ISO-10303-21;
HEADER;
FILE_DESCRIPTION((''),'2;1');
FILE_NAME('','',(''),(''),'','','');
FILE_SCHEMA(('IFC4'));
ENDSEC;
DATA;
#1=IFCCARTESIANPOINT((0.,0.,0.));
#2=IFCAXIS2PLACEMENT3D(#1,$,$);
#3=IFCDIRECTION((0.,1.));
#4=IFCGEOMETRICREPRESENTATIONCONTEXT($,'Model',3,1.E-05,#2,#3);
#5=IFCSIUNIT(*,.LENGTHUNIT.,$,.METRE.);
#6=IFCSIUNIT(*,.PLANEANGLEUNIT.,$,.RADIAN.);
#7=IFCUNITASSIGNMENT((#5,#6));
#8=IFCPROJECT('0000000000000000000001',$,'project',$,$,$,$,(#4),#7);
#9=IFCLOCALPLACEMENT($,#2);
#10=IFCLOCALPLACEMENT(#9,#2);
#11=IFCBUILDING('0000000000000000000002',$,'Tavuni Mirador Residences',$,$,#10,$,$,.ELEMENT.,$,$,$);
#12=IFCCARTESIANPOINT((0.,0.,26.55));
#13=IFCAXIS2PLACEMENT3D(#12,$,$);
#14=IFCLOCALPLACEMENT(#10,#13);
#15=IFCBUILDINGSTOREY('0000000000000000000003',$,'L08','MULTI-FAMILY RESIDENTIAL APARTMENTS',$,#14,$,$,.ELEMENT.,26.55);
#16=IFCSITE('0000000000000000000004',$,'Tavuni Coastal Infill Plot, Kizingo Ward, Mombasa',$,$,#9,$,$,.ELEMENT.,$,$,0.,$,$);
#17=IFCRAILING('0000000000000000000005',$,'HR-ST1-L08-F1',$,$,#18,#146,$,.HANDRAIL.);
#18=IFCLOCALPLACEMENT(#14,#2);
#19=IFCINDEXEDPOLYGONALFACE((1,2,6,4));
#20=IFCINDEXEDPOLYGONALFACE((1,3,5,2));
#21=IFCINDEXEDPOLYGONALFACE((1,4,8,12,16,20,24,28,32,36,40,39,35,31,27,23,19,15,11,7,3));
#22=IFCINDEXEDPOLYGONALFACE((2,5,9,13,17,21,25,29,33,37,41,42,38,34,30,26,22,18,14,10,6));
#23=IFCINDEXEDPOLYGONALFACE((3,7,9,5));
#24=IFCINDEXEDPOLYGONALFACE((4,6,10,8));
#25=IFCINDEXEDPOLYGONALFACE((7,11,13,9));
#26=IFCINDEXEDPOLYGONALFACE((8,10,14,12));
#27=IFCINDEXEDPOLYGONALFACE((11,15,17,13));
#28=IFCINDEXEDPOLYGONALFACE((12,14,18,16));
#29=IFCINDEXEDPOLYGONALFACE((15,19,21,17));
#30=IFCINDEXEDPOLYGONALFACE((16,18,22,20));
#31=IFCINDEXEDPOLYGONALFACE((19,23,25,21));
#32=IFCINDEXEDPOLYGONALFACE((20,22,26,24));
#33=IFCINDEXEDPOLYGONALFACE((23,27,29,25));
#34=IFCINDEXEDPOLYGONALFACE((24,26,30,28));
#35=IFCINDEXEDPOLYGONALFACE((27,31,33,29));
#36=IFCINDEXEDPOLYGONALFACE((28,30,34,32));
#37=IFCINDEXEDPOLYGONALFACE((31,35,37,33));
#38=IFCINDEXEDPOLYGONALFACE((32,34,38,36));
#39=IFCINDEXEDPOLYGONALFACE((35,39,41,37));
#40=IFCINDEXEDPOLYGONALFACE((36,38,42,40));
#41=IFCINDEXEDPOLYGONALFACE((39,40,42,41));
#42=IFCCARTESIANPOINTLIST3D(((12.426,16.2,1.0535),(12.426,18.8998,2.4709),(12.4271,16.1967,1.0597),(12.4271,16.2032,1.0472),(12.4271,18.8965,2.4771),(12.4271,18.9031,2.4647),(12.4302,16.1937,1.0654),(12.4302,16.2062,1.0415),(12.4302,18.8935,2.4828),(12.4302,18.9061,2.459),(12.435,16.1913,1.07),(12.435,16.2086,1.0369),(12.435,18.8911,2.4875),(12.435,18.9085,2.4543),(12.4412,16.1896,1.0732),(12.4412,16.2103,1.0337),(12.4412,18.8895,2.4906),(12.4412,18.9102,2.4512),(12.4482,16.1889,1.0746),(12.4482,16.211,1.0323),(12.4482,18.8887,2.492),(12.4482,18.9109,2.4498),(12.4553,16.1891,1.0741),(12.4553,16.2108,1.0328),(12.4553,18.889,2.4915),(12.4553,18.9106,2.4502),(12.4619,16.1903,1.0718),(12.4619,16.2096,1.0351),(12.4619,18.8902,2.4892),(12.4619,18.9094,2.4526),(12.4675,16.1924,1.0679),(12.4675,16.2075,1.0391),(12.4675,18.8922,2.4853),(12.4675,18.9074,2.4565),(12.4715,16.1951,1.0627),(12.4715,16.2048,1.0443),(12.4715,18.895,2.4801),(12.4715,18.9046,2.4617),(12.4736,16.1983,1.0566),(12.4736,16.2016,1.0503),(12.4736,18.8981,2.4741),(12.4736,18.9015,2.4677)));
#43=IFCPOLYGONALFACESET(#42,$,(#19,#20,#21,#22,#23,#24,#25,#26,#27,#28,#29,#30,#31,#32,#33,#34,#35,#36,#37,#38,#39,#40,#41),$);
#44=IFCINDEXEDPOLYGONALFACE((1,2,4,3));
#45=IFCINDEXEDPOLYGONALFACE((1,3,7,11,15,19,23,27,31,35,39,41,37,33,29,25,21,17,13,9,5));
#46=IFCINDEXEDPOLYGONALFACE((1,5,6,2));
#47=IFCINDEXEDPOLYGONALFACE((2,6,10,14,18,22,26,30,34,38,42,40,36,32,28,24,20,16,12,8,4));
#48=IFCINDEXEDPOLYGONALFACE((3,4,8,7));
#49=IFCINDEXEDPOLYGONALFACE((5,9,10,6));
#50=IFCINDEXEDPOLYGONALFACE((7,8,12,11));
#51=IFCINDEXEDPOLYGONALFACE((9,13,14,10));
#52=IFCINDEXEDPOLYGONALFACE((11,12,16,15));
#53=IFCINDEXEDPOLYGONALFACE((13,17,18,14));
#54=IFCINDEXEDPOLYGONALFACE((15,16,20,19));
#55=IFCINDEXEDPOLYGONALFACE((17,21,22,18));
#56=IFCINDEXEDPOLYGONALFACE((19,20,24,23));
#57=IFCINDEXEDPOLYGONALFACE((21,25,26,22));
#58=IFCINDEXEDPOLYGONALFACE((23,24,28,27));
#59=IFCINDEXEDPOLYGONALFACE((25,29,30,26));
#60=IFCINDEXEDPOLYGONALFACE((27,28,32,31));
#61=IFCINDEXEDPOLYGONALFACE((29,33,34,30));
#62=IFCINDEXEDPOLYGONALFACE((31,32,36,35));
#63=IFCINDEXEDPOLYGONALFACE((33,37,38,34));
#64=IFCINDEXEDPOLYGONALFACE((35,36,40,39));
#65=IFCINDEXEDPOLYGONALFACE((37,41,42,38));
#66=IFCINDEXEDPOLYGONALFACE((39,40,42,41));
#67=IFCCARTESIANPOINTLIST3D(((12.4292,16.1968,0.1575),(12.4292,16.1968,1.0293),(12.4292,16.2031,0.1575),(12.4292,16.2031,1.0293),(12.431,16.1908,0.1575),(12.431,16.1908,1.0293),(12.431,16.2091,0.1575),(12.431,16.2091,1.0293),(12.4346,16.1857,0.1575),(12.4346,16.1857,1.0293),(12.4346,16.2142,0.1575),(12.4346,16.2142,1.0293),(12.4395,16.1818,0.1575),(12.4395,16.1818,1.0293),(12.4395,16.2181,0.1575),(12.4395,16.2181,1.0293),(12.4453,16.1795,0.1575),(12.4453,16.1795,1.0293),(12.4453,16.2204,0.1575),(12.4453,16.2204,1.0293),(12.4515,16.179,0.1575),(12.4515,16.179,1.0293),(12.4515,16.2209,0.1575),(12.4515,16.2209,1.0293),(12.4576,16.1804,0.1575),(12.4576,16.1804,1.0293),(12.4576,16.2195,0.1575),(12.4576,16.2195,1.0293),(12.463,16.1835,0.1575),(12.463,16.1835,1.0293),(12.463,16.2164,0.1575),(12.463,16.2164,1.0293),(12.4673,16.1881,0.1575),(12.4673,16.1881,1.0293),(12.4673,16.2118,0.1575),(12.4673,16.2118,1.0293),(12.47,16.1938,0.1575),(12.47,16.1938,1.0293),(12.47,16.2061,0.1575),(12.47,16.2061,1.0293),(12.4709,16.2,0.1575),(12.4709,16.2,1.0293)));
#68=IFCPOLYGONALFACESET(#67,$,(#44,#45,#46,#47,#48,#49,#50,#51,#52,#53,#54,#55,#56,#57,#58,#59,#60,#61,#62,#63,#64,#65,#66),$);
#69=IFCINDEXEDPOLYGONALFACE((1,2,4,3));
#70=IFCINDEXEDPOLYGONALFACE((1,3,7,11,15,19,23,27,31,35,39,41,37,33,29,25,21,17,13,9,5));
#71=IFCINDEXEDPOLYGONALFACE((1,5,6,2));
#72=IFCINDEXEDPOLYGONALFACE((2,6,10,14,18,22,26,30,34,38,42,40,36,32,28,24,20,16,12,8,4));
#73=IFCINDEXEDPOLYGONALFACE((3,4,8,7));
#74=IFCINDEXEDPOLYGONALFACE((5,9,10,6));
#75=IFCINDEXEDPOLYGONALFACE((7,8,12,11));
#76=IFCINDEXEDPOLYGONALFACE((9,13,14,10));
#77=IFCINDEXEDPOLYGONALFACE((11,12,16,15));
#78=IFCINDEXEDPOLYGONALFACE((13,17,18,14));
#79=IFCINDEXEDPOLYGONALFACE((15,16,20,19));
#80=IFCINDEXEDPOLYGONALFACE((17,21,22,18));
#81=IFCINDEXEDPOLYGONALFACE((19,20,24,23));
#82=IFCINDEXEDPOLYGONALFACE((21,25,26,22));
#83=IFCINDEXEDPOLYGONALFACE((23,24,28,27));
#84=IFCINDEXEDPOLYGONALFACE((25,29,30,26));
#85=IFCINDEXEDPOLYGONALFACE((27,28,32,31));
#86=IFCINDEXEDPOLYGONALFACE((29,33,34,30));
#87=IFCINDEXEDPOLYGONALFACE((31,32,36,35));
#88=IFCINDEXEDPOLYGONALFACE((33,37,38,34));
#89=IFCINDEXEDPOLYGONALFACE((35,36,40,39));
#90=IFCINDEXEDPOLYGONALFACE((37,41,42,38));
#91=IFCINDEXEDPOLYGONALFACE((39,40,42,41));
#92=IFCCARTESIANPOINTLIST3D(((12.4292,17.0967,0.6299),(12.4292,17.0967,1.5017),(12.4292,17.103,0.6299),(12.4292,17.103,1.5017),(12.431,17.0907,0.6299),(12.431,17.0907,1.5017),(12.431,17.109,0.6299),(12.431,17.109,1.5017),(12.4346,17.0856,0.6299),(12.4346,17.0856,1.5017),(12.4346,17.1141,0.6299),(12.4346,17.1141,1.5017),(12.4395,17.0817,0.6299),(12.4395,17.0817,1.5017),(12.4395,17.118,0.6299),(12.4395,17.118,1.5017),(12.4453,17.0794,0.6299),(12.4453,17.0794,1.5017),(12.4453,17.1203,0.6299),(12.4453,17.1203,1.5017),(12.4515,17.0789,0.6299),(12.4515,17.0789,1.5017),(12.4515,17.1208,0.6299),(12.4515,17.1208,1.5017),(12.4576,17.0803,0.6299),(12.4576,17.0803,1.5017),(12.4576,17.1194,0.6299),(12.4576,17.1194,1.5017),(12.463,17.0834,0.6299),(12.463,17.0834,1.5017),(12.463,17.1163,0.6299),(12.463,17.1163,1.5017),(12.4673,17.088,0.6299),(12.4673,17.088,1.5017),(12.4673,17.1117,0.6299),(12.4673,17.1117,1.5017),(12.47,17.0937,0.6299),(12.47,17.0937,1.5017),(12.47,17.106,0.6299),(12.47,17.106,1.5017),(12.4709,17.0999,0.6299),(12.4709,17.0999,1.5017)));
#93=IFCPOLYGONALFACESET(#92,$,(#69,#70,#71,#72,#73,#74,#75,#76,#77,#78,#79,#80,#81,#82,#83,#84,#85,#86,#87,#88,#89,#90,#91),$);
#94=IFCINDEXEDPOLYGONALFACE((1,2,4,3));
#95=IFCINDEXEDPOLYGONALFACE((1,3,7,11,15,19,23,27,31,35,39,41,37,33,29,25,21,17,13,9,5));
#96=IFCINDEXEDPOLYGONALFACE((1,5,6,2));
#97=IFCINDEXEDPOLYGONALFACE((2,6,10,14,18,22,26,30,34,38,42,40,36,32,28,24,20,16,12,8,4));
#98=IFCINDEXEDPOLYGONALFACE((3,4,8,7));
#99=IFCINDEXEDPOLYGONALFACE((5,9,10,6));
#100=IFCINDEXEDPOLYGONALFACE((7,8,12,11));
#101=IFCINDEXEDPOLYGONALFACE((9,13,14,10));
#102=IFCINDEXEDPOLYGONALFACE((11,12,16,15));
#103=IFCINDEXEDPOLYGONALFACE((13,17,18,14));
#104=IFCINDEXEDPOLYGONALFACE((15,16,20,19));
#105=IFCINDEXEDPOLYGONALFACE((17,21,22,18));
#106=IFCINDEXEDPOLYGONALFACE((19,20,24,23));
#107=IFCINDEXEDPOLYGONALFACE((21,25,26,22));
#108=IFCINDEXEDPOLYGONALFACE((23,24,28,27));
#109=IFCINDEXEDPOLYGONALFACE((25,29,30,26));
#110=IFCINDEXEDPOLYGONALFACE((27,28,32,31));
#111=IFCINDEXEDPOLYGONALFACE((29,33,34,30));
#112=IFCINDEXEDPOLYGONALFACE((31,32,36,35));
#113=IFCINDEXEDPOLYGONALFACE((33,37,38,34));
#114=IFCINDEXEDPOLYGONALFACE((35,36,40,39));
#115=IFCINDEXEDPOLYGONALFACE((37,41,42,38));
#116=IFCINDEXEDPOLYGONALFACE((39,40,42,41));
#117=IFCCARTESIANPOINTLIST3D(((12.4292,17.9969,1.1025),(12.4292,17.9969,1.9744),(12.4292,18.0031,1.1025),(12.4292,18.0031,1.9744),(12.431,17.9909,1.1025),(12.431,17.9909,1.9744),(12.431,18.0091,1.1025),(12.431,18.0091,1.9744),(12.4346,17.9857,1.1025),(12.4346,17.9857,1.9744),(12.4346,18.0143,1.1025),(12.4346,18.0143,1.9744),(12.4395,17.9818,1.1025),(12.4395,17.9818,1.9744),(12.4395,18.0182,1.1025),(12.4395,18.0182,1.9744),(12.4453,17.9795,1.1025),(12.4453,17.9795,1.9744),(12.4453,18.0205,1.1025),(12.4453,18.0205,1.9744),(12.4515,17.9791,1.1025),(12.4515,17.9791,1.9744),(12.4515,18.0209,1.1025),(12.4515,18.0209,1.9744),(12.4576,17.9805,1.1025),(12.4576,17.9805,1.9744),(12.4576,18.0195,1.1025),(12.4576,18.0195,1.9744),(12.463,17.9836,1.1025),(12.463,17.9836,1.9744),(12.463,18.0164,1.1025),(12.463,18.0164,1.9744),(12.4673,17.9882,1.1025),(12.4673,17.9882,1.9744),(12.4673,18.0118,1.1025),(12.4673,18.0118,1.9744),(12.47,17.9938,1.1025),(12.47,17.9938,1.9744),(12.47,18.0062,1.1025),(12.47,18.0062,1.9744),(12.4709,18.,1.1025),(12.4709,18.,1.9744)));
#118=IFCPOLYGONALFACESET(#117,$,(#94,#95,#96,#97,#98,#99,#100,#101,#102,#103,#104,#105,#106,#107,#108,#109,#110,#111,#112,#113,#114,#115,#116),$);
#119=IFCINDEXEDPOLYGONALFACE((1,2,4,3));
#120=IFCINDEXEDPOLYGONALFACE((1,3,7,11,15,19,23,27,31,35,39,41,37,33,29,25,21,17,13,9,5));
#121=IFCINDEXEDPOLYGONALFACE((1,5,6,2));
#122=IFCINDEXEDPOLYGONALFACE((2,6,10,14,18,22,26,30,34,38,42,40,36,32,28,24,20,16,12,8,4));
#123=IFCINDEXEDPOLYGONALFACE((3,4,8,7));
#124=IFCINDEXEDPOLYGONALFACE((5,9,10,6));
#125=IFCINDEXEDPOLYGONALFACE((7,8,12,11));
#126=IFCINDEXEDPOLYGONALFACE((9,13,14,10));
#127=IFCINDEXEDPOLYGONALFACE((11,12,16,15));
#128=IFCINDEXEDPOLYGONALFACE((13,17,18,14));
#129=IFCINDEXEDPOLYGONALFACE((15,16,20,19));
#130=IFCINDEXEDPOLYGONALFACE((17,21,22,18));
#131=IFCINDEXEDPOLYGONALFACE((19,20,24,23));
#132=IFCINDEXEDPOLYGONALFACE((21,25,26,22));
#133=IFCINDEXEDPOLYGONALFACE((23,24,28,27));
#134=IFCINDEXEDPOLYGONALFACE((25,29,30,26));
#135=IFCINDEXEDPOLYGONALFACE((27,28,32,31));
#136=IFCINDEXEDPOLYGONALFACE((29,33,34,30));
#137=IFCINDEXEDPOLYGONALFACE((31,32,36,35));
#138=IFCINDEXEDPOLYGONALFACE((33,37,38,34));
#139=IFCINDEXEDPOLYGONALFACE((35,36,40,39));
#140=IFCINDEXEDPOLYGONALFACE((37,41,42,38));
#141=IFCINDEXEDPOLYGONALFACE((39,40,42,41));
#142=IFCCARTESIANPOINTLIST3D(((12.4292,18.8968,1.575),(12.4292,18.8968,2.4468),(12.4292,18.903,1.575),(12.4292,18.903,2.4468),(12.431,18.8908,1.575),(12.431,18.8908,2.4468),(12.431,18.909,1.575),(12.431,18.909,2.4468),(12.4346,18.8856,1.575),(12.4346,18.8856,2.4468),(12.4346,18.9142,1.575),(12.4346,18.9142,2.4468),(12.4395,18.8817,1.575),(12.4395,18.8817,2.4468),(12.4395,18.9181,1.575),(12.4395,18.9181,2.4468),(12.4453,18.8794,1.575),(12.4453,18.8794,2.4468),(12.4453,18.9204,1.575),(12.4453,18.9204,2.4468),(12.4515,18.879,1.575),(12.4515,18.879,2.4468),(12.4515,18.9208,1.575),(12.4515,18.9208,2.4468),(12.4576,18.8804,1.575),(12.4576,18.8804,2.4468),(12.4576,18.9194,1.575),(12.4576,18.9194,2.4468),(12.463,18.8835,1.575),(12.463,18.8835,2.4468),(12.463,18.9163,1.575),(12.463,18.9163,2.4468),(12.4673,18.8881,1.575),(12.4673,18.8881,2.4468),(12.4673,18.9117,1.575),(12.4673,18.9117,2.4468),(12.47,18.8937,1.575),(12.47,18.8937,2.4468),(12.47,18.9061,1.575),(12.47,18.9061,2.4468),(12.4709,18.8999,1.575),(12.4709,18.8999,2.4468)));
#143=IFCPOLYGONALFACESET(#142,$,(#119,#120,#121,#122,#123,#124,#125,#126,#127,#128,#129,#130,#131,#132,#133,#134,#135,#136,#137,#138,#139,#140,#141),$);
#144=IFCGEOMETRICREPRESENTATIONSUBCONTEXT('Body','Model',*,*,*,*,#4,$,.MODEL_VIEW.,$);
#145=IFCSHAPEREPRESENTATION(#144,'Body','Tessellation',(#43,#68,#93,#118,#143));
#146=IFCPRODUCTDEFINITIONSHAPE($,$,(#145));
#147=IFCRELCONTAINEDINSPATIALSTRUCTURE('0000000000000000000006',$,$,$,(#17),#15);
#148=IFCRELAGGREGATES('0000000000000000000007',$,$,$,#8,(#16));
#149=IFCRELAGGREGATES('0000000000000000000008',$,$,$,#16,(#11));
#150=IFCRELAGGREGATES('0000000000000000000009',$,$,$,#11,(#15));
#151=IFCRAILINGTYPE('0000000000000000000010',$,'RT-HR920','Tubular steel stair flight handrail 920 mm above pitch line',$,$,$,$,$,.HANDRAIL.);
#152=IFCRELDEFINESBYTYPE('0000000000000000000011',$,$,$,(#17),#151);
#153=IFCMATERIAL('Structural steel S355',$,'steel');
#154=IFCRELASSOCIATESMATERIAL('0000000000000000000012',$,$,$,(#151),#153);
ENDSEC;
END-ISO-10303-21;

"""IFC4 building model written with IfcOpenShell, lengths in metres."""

from ifc_helpers import new_model, si_unit, direction, frame, origin, origin_2d, place, context, subcontext, project, spatial, circle, extrude, material, type_object, element, save


model = new_model("IFC4")

# Units and contexts
model_context = context("Model", 3, precision=1e-05, world=origin(), true_north=direction((0.0, 1.0)))
body_context = subcontext(model_context, "Body", "Model", "MODEL_VIEW")
ifc_project = project(units=[si_unit("LENGTHUNIT", "METRE"), si_unit("PLANEANGLEUNIT", "RADIAN")], contexts=[model_context])

# Site, building, storey
site_placement = place(None, origin())
site = spatial("IfcSite", under=ifc_project, at=site_placement, Name="Tavuni Coastal Infill Plot, Kizingo Ward, Mombasa", CompositionType="ELEMENT", RefElevation=0.0)
building_placement = place(site_placement, origin())
building = spatial("IfcBuilding", under=site, at=building_placement, Name="Tavuni Mirador Residences", CompositionType="ELEMENT")
storey_placement = place(building_placement, frame((0.0, 0.0, 26.55)))
storey = spatial("IfcBuildingStorey", under=building, at=storey_placement, Name="L08", Description="MULTI-FAMILY RESIDENTIAL APARTMENTS", CompositionType="ELEMENT", Elevation=26.55)

# Shared definitions
ifc_material_1 = material(Name="Structural steel S355", Category="steel")

# Railing
railing_type_1 = type_object("IfcRailingType", Name="RT-HR920", Description="Tubular steel stair flight handrail 920 mm above pitch line", PredefinedType="HANDRAIL", material=ifc_material_1)
railing_1_placement = place(storey_placement, frame((12.45, 16.2, 0.1575)))
element("IfcRailing", 1, at=railing_1_placement, inside=storey, type_object=railing_type_1, Name="HR-ST1-L08-F1", PredefinedType="HANDRAIL", context=body_context, shape_type="SweptSolid", body=[
    extrude(circle(Radius=0.0239, at=origin_2d()), frame((0.0, 0.0, 0.896), z_axis=(0.0, 0.885397, 0.464835), x_axis=(-1.0, 0.0, 0.0)), (0.0, 0.0, 1.0), 3.0493),
    extrude(circle(Radius=0.021, at=origin_2d()), origin(), (0.0, 0.0, 1.0), 0.8718),
    extrude(circle(Radius=0.021, at=origin_2d()), frame((0.0, 0.8999, 0.4724)), (0.0, 0.0, 1.0), 0.8718),
    extrude(circle(Radius=0.021, at=origin_2d()), frame((0.0, 1.8, 0.9451)), (0.0, 0.0, 1.0), 0.8718),
    extrude(circle(Radius=0.021, at=origin_2d()), frame((0.0, 2.7, 1.4175)), (0.0, 0.0, 1.0), 0.8718),
])

save(model, "model.ifc")
